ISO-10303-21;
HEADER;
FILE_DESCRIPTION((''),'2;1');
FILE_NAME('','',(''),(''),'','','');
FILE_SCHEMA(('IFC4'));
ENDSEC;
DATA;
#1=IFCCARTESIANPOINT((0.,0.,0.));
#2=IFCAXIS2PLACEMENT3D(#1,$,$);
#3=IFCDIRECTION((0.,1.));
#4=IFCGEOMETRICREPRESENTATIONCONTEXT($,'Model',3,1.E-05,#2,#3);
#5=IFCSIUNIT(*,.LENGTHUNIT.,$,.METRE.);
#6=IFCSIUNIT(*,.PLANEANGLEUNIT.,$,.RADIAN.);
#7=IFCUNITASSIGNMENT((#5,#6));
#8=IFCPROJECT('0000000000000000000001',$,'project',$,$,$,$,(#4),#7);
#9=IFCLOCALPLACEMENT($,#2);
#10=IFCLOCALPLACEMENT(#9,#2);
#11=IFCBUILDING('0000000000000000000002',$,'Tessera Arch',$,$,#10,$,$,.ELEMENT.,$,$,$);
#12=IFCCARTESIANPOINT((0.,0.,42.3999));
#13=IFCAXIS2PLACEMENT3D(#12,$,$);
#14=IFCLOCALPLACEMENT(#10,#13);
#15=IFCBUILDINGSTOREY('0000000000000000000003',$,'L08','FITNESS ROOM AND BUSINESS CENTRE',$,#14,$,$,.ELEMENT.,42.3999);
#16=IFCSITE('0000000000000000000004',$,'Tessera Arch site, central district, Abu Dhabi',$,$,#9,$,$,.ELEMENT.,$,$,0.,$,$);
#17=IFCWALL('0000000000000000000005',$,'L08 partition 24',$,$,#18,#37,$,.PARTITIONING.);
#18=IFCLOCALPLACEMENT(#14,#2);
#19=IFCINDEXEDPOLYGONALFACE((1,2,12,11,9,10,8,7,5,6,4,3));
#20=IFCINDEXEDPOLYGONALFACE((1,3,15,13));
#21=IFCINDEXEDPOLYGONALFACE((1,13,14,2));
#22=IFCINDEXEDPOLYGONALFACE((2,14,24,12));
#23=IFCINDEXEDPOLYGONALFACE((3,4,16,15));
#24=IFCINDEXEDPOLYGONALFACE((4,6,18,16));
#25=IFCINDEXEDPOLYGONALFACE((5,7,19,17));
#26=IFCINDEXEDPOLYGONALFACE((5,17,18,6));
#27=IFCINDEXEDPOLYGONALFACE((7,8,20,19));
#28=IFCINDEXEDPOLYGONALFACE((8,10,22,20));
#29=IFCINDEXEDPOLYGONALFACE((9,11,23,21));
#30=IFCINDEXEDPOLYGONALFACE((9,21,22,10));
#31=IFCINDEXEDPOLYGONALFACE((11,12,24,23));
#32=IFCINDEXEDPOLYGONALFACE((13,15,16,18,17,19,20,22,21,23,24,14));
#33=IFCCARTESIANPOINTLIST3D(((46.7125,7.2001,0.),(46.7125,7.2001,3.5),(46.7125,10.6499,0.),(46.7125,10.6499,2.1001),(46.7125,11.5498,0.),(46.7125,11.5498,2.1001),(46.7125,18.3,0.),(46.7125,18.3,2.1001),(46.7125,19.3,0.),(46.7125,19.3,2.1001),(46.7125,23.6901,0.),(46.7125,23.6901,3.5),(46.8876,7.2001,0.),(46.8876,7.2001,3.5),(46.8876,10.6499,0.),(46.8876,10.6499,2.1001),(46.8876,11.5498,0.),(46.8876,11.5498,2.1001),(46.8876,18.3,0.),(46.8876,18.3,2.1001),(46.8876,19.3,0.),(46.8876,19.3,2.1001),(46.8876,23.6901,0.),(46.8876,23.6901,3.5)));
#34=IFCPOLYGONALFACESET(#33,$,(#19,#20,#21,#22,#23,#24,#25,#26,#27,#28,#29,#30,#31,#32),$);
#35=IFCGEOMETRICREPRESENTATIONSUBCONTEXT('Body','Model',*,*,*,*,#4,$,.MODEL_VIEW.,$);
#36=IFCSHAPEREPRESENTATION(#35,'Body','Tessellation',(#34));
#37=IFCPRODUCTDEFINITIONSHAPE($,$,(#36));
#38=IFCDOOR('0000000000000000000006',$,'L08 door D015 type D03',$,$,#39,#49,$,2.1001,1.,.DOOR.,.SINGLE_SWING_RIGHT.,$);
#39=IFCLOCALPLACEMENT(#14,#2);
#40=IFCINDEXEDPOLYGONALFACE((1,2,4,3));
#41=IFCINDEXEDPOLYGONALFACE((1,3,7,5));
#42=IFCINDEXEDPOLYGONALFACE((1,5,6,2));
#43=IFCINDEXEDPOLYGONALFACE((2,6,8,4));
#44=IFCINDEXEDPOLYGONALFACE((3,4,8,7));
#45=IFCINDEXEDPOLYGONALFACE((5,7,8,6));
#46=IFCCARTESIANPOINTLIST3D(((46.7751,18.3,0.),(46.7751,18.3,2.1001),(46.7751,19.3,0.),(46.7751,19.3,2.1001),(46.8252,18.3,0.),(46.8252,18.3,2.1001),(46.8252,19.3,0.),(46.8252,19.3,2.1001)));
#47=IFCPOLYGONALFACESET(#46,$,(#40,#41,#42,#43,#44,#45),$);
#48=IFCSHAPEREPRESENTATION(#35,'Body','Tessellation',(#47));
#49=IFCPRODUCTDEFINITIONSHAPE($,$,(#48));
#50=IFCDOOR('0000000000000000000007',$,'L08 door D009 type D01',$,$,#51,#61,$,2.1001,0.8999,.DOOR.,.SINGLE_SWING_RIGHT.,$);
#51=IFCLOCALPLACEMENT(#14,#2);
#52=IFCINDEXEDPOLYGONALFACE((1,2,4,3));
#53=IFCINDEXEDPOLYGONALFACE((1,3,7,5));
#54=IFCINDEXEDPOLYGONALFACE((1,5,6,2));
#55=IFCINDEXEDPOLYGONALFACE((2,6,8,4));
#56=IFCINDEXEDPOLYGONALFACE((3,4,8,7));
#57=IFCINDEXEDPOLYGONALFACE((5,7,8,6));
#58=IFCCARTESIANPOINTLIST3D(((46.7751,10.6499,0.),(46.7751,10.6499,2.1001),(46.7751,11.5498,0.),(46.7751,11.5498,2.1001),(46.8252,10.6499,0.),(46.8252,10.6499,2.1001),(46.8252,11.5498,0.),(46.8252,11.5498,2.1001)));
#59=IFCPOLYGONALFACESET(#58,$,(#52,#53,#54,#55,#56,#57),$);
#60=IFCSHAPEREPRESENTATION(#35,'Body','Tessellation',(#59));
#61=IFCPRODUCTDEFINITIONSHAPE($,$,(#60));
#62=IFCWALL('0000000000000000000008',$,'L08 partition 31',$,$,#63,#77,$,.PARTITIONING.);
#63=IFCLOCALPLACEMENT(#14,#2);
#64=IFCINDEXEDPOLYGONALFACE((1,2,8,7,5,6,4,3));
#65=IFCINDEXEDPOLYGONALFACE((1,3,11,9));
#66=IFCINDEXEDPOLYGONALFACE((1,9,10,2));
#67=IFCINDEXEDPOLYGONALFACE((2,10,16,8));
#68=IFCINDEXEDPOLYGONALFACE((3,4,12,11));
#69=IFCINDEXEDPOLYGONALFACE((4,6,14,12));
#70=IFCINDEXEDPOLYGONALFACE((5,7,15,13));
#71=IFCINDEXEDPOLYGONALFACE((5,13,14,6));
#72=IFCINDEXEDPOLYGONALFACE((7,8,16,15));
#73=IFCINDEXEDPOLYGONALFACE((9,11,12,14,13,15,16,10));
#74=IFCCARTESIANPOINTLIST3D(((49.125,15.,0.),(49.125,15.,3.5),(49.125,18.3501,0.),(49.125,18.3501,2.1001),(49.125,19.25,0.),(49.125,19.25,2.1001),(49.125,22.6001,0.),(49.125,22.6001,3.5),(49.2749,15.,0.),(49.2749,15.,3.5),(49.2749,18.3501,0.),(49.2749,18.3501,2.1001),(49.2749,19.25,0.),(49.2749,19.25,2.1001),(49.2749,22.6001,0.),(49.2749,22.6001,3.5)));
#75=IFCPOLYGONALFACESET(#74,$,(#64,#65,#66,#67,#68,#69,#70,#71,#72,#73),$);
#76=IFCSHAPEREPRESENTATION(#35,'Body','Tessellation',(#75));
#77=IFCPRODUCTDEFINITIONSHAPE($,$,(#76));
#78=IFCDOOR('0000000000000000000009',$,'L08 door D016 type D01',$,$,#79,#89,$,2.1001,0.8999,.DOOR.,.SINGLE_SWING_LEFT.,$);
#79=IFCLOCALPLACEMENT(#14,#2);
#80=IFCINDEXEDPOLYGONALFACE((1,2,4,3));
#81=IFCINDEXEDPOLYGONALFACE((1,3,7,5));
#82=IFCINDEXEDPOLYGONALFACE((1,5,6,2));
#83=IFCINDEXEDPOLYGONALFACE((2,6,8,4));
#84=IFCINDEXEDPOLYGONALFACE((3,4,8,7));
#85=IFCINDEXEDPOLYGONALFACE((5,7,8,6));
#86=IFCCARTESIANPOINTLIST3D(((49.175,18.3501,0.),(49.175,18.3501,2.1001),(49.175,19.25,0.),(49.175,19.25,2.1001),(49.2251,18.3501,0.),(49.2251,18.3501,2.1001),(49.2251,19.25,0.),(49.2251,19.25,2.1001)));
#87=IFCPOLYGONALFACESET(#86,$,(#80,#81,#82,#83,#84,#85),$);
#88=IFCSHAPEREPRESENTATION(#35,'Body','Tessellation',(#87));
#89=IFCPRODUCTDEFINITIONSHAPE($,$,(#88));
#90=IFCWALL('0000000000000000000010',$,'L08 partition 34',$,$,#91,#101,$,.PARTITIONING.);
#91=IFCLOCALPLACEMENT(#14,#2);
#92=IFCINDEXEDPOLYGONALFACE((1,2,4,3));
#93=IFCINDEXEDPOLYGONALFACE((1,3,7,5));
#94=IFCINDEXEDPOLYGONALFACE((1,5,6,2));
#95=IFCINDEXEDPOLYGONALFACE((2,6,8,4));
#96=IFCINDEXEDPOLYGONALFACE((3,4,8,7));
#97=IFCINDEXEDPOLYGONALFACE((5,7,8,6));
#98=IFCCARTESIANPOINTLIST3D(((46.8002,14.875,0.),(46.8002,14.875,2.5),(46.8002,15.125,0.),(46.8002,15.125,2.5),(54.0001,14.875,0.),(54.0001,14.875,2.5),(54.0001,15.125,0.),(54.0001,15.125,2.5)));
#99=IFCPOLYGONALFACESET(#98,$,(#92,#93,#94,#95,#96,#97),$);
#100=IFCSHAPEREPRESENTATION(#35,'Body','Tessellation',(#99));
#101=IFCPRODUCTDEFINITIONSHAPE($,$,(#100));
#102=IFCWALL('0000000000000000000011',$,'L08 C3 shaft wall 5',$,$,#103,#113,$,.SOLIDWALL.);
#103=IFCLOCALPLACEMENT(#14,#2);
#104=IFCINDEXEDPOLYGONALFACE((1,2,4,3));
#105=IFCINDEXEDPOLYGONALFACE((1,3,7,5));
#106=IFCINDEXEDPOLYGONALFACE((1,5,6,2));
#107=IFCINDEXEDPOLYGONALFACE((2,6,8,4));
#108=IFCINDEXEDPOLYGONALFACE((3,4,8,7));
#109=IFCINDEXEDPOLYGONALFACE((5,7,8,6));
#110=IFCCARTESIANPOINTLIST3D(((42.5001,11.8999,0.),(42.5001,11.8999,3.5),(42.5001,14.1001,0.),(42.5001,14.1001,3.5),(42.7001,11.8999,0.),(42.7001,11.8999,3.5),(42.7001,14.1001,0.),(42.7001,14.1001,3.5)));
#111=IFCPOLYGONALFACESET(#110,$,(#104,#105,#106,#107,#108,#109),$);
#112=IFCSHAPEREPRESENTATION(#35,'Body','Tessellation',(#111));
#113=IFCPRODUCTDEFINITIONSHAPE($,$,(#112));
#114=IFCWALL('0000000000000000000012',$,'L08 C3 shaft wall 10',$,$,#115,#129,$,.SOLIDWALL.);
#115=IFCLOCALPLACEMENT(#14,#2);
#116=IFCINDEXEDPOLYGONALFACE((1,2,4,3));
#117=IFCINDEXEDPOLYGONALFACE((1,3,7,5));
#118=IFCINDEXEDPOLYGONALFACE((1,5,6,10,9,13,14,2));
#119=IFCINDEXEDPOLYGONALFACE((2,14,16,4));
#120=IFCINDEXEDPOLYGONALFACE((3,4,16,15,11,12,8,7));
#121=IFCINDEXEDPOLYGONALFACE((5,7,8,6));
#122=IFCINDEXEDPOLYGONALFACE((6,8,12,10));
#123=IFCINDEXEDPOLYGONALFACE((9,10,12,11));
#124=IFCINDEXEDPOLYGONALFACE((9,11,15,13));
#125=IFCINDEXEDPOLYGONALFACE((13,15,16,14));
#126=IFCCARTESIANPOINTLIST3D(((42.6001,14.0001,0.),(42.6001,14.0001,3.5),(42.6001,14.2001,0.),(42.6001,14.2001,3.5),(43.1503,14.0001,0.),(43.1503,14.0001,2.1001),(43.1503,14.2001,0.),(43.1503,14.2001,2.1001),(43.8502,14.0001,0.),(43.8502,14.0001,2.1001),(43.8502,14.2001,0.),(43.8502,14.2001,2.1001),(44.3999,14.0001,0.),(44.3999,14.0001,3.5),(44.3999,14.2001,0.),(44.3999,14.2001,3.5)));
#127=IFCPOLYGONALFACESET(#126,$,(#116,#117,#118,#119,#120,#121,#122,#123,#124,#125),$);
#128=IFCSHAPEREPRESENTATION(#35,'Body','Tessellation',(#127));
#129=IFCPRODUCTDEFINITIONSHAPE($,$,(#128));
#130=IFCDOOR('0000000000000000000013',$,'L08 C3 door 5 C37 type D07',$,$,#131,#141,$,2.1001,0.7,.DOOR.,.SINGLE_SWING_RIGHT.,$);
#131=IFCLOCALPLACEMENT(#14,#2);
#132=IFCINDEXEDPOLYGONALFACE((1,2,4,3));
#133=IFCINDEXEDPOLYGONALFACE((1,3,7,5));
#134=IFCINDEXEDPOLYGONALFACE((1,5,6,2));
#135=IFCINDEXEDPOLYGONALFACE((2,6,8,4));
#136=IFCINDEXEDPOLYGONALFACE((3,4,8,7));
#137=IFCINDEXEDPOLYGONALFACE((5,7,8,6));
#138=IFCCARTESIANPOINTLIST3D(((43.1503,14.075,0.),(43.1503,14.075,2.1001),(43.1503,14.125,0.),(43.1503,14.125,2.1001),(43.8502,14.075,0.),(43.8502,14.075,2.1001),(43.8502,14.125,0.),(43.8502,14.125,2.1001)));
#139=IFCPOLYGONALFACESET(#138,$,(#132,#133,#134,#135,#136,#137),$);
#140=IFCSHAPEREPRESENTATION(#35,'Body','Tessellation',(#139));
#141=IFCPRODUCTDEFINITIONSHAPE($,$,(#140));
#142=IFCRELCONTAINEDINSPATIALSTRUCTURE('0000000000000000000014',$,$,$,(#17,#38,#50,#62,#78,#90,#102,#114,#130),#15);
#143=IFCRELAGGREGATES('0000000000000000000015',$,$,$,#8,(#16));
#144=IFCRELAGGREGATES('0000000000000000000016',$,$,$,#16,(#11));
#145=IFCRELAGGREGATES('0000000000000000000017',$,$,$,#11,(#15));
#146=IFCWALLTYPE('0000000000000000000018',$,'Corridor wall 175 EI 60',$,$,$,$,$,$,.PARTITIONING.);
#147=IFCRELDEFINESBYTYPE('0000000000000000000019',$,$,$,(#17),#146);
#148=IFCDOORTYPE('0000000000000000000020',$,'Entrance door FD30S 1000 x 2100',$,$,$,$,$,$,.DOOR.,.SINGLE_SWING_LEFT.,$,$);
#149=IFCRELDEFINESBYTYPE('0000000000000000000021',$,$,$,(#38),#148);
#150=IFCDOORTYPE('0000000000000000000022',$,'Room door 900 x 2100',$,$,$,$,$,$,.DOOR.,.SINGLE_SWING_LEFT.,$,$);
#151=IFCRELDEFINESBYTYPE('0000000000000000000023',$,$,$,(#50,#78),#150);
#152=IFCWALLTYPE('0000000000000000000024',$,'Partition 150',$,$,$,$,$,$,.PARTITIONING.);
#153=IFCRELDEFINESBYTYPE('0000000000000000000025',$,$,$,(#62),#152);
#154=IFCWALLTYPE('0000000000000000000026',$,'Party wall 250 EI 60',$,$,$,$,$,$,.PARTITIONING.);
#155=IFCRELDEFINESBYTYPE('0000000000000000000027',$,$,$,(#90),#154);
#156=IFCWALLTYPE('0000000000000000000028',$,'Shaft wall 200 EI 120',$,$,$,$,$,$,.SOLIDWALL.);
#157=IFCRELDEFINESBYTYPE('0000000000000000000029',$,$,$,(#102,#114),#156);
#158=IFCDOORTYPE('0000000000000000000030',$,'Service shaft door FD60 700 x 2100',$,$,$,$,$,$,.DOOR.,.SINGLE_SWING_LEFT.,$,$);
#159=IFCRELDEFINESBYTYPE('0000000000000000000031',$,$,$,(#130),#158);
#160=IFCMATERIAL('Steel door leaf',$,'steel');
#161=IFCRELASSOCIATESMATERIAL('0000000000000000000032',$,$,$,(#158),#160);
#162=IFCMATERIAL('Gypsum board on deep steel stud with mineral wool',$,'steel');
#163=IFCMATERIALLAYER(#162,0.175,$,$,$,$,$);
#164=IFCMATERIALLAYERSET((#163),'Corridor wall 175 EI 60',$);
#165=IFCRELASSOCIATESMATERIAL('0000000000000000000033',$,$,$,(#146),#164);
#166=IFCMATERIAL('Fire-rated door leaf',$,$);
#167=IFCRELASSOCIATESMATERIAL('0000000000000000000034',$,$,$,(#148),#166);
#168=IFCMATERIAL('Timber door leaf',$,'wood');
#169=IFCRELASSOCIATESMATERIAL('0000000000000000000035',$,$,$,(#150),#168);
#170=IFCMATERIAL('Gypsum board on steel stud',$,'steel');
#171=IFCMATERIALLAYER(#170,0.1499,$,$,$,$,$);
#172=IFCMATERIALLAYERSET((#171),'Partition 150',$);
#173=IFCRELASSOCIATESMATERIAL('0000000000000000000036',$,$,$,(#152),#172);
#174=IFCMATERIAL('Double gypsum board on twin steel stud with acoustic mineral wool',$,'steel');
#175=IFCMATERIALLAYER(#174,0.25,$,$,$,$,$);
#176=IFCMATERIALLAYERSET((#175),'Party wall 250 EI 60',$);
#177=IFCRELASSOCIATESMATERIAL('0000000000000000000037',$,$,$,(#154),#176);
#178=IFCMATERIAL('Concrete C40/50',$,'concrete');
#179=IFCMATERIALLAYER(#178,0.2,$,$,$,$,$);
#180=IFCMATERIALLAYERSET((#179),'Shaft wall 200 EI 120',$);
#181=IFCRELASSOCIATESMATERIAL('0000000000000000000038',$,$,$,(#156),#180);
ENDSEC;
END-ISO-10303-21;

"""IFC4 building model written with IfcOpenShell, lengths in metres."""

from ifc_helpers import new_model, si_unit, direction, frame, frame_2d, origin, place, context, subcontext, project, spatial, rectangle, extrude, material, layer, layer_set, type_object, element, fill, save


model = new_model("IFC4")

# Units and contexts
model_context = context("Model", 3, precision=1e-05, world=origin(), true_north=direction((0.0, 1.0)))
body_context = subcontext(model_context, "Body", "Model", "MODEL_VIEW")
ifc_project = project(units=[si_unit("LENGTHUNIT", "METRE"), si_unit("PLANEANGLEUNIT", "RADIAN")], contexts=[model_context])

# Site, building, storey
site_placement = place(None, origin())
site = spatial("IfcSite", under=ifc_project, at=site_placement, Name="Tessera Arch site, central district, Abu Dhabi", CompositionType="ELEMENT", RefElevation=0.0)
building_placement = place(site_placement, origin())
building = spatial("IfcBuilding", under=site, at=building_placement, Name="Tessera Arch", CompositionType="ELEMENT")
storey_placement = place(building_placement, frame((0.0, 0.0, 42.3999)))
storey = spatial("IfcBuildingStorey", under=building, at=storey_placement, Name="L08", Description="FITNESS ROOM AND BUSINESS CENTRE", CompositionType="ELEMENT", Elevation=42.3999)

# Shared definitions
ifc_material_1 = material(Name="Steel door leaf", Category="steel")
door_type_1 = type_object("IfcDoorType", Name="Service shaft door FD60 700 x 2100", OperationType="SINGLE_SWING_LEFT", PredefinedType="DOOR", material=ifc_material_1)

# Wall, openings, doors
ifc_material_2 = material(Name="Gypsum board on deep steel stud with mineral wool", Category="steel")
ifc_layer_1 = layer(ifc_material_2, 0.175)
ifc_layer_set_1 = layer_set([ifc_layer_1], Name="Corridor wall 175 EI 60")
wall_type_1 = type_object("IfcWallType", Name="Corridor wall 175 EI 60", PredefinedType="PARTITIONING", material=ifc_layer_set_1)
wall_1_placement = place(storey_placement, frame((46.8, 7.2, 0.0), z_axis=(0.0, 0.0, 1.0), x_axis=(0.0, 1.0, 0.0)))
wall_1 = element("IfcWall", 1, at=wall_1_placement, inside=storey, type_object=wall_type_1, Name="L08 partition 24", PredefinedType="PARTITIONING", context=body_context, shape_type="SweptSolid", body=[
    extrude(rectangle(XDim=16.49, YDim=0.175, at=frame_2d((8.2451, 0.0))), origin(), (0.0, 0.0, 1.0), 3.5),
])
opening_1_placement = place(wall_1_placement, frame((3.45, 0.0, 0.0)))
opening_1 = element("IfcOpeningElement", 2, at=opening_1_placement, cuts=wall_1, PredefinedType="OPENING", context=body_context, shape_type="SweptSolid", body=[
    extrude(rectangle(XDim=0.8999, YDim=2.1001, at=frame_2d((0.45, 1.05))), frame((0.0, 0.0974, 0.0), z_axis=(0.0, -1.0, 0.0), x_axis=(1.0, 0.0, 0.0)), (0.0, 0.0, 1.0), 0.1951),
])
opening_2_placement = place(wall_1_placement, frame((11.1001, 0.0, 0.0)))
opening_2 = element("IfcOpeningElement", 3, at=opening_2_placement, cuts=wall_1, PredefinedType="OPENING", context=body_context, shape_type="SweptSolid", body=[
    extrude(rectangle(XDim=1.0, YDim=2.1001, at=frame_2d((0.5, 1.05))), frame((0.0, 0.0974, 0.0), z_axis=(0.0, -1.0, 0.0), x_axis=(1.0, 0.0, 0.0)), (0.0, 0.0, 1.0), 0.1951),
])
ifc_material_3 = material(Name="Fire-rated door leaf")
door_type_2 = type_object("IfcDoorType", Name="Entrance door FD30S 1000 x 2100", OperationType="SINGLE_SWING_LEFT", PredefinedType="DOOR", material=ifc_material_3)
door_1_placement = place(opening_2_placement, origin())
door_1 = element("IfcDoor", 4, at=door_1_placement, inside=storey, type_object=door_type_2, Name="L08 door D015 type D03", OperationType="SINGLE_SWING_RIGHT", OverallHeight=2.1001, OverallWidth=1.0, PredefinedType="DOOR", context=body_context, shape_type="SweptSolid", body=[
    extrude(rectangle(XDim=1.0, YDim=2.1001, at=frame_2d((0.5, 1.05))), frame((0.0, 0.0249, 0.0), z_axis=(0.0, -1.0, 0.0), x_axis=(1.0, 0.0, 0.0)), (0.0, 0.0, 1.0), 0.05),
])
fill(opening_2, door_1)
ifc_material_4 = material(Name="Timber door leaf", Category="wood")
door_type_3 = type_object("IfcDoorType", Name="Room door 900 x 2100", OperationType="SINGLE_SWING_LEFT", PredefinedType="DOOR", material=ifc_material_4)
door_2_placement = place(opening_1_placement, origin())
door_2 = element("IfcDoor", 5, at=door_2_placement, inside=storey, type_object=door_type_3, Name="L08 door D009 type D01", OperationType="SINGLE_SWING_RIGHT", OverallHeight=2.1001, OverallWidth=0.8999, PredefinedType="DOOR", context=body_context, shape_type="SweptSolid", body=[
    extrude(rectangle(XDim=0.8999, YDim=2.1001, at=frame_2d((0.45, 1.05))), frame((0.0, 0.0249, 0.0), z_axis=(0.0, -1.0, 0.0), x_axis=(1.0, 0.0, 0.0)), (0.0, 0.0, 1.0), 0.05),
])
fill(opening_1, door_2)

# Wall, opening, door
ifc_material_5 = material(Name="Gypsum board on steel stud", Category="steel")
ifc_layer_2 = layer(ifc_material_5, 0.1499)
ifc_layer_set_2 = layer_set([ifc_layer_2], Name="Partition 150")
wall_type_2 = type_object("IfcWallType", Name="Partition 150", PredefinedType="PARTITIONING", material=ifc_layer_set_2)
wall_2_placement = place(storey_placement, frame((49.2, 15.0, 0.0), z_axis=(0.0, 0.0, 1.0), x_axis=(0.0, 1.0, 0.0)))
wall_2 = element("IfcWall", 6, at=wall_2_placement, inside=storey, type_object=wall_type_2, Name="L08 partition 31", PredefinedType="PARTITIONING", context=body_context, shape_type="SweptSolid", body=[
    extrude(rectangle(XDim=7.6001, YDim=0.1499, at=frame_2d((3.8, 0.0))), origin(), (0.0, 0.0, 1.0), 3.5),
])
opening_3_placement = place(wall_2_placement, frame((3.3501, 0.0, 0.0)))
opening_3 = element("IfcOpeningElement", 7, at=opening_3_placement, cuts=wall_2, PredefinedType="OPENING", context=body_context, shape_type="SweptSolid", body=[
    extrude(rectangle(XDim=0.8999, YDim=2.1001, at=frame_2d((0.45, 1.05))), frame((0.0, 0.085, 0.0), z_axis=(0.0, -1.0, 0.0), x_axis=(1.0, 0.0, 0.0)), (0.0, 0.0, 1.0), 0.1699),
])
door_3_placement = place(opening_3_placement, origin())
door_3 = element("IfcDoor", 8, at=door_3_placement, inside=storey, type_object=door_type_3, Name="L08 door D016 type D01", OperationType="SINGLE_SWING_LEFT", OverallHeight=2.1001, OverallWidth=0.8999, PredefinedType="DOOR", context=body_context, shape_type="SweptSolid", body=[
    extrude(rectangle(XDim=0.8999, YDim=2.1001, at=frame_2d((0.45, 1.05))), frame((0.0, 0.0249, 0.0), z_axis=(0.0, -1.0, 0.0), x_axis=(1.0, 0.0, 0.0)), (0.0, 0.0, 1.0), 0.05),
])
fill(opening_3, door_3)

# Walls
ifc_material_6 = material(Name="Double gypsum board on twin steel stud with acoustic mineral wool", Category="steel")
ifc_layer_3 = layer(ifc_material_6, 0.25)
ifc_layer_set_3 = layer_set([ifc_layer_3], Name="Party wall 250 EI 60")
wall_type_3 = type_object("IfcWallType", Name="Party wall 250 EI 60", PredefinedType="PARTITIONING", material=ifc_layer_set_3)
wall_3_placement = place(storey_placement, frame((46.8, 15.0, 0.0), z_axis=(0.0, 0.0, 1.0), x_axis=(1.0, 0.0, 0.0)))
element("IfcWall", 9, at=wall_3_placement, inside=storey, type_object=wall_type_3, Name="L08 partition 34", PredefinedType="PARTITIONING", context=body_context, shape_type="SweptSolid", body=[
    extrude(rectangle(XDim=7.2, YDim=0.25, at=frame_2d((3.6001, 0.0))), origin(), (0.0, 0.0, 1.0), 2.5),
])
ifc_material_7 = material(Name="Concrete C40/50", Category="concrete")
ifc_layer_4 = layer(ifc_material_7, 0.2)
ifc_layer_set_4 = layer_set([ifc_layer_4], Name="Shaft wall 200 EI 120")
wall_type_4 = type_object("IfcWallType", Name="Shaft wall 200 EI 120", PredefinedType="SOLIDWALL", material=ifc_layer_set_4)
wall_4_placement = place(storey_placement, frame((42.6001, 11.8999, 0.0), z_axis=(0.0, 0.0, 1.0), x_axis=(0.0, 1.0, 0.0)))
element("IfcWall", 10, at=wall_4_placement, inside=storey, type_object=wall_type_4, Name="L08 C3 shaft wall 5", PredefinedType="SOLIDWALL", context=body_context, shape_type="SweptSolid", body=[
    extrude(rectangle(XDim=2.2002, YDim=0.2, at=frame_2d((1.1001, 0.0))), origin(), (0.0, 0.0, 1.0), 3.5),
])

# Wall, opening, door
wall_5_placement = place(storey_placement, frame((42.6001, 14.1001, 0.0), z_axis=(0.0, 0.0, 1.0), x_axis=(1.0, 0.0, 0.0)))
wall_5 = element("IfcWall", 11, at=wall_5_placement, inside=storey, type_object=wall_type_4, Name="L08 C3 shaft wall 10", PredefinedType="SOLIDWALL", context=body_context, shape_type="SweptSolid", body=[
    extrude(rectangle(XDim=1.7998, YDim=0.2, at=frame_2d((0.8999, 0.0))), origin(), (0.0, 0.0, 1.0), 3.5),
])
opening_4_placement = place(wall_5_placement, frame((0.55, 0.0, 0.0)))
opening_4 = element("IfcOpeningElement", 12, at=opening_4_placement, cuts=wall_5, PredefinedType="OPENING", context=body_context, shape_type="SweptSolid", body=[
    extrude(rectangle(XDim=0.7, YDim=2.1001, at=frame_2d((0.3501, 1.05))), frame((0.0, 0.1099, 0.0), z_axis=(0.0, -1.0, 0.0), x_axis=(1.0, 0.0, 0.0)), (0.0, 0.0, 1.0), 0.22),
])
door_4_placement = place(opening_4_placement, origin())
door_4 = element("IfcDoor", 13, at=door_4_placement, inside=storey, type_object=door_type_1, Name="L08 C3 door 5 C37 type D07", OperationType="SINGLE_SWING_RIGHT", OverallHeight=2.1001, OverallWidth=0.7, PredefinedType="DOOR", context=body_context, shape_type="SweptSolid", body=[
    extrude(rectangle(XDim=0.7, YDim=2.1001, at=frame_2d((0.3501, 1.05))), frame((0.0, 0.0249, 0.0), z_axis=(0.0, -1.0, 0.0), x_axis=(1.0, 0.0, 0.0)), (0.0, 0.0, 1.0), 0.05),
])
fill(opening_4, door_4)

save(model, "model.ifc")
